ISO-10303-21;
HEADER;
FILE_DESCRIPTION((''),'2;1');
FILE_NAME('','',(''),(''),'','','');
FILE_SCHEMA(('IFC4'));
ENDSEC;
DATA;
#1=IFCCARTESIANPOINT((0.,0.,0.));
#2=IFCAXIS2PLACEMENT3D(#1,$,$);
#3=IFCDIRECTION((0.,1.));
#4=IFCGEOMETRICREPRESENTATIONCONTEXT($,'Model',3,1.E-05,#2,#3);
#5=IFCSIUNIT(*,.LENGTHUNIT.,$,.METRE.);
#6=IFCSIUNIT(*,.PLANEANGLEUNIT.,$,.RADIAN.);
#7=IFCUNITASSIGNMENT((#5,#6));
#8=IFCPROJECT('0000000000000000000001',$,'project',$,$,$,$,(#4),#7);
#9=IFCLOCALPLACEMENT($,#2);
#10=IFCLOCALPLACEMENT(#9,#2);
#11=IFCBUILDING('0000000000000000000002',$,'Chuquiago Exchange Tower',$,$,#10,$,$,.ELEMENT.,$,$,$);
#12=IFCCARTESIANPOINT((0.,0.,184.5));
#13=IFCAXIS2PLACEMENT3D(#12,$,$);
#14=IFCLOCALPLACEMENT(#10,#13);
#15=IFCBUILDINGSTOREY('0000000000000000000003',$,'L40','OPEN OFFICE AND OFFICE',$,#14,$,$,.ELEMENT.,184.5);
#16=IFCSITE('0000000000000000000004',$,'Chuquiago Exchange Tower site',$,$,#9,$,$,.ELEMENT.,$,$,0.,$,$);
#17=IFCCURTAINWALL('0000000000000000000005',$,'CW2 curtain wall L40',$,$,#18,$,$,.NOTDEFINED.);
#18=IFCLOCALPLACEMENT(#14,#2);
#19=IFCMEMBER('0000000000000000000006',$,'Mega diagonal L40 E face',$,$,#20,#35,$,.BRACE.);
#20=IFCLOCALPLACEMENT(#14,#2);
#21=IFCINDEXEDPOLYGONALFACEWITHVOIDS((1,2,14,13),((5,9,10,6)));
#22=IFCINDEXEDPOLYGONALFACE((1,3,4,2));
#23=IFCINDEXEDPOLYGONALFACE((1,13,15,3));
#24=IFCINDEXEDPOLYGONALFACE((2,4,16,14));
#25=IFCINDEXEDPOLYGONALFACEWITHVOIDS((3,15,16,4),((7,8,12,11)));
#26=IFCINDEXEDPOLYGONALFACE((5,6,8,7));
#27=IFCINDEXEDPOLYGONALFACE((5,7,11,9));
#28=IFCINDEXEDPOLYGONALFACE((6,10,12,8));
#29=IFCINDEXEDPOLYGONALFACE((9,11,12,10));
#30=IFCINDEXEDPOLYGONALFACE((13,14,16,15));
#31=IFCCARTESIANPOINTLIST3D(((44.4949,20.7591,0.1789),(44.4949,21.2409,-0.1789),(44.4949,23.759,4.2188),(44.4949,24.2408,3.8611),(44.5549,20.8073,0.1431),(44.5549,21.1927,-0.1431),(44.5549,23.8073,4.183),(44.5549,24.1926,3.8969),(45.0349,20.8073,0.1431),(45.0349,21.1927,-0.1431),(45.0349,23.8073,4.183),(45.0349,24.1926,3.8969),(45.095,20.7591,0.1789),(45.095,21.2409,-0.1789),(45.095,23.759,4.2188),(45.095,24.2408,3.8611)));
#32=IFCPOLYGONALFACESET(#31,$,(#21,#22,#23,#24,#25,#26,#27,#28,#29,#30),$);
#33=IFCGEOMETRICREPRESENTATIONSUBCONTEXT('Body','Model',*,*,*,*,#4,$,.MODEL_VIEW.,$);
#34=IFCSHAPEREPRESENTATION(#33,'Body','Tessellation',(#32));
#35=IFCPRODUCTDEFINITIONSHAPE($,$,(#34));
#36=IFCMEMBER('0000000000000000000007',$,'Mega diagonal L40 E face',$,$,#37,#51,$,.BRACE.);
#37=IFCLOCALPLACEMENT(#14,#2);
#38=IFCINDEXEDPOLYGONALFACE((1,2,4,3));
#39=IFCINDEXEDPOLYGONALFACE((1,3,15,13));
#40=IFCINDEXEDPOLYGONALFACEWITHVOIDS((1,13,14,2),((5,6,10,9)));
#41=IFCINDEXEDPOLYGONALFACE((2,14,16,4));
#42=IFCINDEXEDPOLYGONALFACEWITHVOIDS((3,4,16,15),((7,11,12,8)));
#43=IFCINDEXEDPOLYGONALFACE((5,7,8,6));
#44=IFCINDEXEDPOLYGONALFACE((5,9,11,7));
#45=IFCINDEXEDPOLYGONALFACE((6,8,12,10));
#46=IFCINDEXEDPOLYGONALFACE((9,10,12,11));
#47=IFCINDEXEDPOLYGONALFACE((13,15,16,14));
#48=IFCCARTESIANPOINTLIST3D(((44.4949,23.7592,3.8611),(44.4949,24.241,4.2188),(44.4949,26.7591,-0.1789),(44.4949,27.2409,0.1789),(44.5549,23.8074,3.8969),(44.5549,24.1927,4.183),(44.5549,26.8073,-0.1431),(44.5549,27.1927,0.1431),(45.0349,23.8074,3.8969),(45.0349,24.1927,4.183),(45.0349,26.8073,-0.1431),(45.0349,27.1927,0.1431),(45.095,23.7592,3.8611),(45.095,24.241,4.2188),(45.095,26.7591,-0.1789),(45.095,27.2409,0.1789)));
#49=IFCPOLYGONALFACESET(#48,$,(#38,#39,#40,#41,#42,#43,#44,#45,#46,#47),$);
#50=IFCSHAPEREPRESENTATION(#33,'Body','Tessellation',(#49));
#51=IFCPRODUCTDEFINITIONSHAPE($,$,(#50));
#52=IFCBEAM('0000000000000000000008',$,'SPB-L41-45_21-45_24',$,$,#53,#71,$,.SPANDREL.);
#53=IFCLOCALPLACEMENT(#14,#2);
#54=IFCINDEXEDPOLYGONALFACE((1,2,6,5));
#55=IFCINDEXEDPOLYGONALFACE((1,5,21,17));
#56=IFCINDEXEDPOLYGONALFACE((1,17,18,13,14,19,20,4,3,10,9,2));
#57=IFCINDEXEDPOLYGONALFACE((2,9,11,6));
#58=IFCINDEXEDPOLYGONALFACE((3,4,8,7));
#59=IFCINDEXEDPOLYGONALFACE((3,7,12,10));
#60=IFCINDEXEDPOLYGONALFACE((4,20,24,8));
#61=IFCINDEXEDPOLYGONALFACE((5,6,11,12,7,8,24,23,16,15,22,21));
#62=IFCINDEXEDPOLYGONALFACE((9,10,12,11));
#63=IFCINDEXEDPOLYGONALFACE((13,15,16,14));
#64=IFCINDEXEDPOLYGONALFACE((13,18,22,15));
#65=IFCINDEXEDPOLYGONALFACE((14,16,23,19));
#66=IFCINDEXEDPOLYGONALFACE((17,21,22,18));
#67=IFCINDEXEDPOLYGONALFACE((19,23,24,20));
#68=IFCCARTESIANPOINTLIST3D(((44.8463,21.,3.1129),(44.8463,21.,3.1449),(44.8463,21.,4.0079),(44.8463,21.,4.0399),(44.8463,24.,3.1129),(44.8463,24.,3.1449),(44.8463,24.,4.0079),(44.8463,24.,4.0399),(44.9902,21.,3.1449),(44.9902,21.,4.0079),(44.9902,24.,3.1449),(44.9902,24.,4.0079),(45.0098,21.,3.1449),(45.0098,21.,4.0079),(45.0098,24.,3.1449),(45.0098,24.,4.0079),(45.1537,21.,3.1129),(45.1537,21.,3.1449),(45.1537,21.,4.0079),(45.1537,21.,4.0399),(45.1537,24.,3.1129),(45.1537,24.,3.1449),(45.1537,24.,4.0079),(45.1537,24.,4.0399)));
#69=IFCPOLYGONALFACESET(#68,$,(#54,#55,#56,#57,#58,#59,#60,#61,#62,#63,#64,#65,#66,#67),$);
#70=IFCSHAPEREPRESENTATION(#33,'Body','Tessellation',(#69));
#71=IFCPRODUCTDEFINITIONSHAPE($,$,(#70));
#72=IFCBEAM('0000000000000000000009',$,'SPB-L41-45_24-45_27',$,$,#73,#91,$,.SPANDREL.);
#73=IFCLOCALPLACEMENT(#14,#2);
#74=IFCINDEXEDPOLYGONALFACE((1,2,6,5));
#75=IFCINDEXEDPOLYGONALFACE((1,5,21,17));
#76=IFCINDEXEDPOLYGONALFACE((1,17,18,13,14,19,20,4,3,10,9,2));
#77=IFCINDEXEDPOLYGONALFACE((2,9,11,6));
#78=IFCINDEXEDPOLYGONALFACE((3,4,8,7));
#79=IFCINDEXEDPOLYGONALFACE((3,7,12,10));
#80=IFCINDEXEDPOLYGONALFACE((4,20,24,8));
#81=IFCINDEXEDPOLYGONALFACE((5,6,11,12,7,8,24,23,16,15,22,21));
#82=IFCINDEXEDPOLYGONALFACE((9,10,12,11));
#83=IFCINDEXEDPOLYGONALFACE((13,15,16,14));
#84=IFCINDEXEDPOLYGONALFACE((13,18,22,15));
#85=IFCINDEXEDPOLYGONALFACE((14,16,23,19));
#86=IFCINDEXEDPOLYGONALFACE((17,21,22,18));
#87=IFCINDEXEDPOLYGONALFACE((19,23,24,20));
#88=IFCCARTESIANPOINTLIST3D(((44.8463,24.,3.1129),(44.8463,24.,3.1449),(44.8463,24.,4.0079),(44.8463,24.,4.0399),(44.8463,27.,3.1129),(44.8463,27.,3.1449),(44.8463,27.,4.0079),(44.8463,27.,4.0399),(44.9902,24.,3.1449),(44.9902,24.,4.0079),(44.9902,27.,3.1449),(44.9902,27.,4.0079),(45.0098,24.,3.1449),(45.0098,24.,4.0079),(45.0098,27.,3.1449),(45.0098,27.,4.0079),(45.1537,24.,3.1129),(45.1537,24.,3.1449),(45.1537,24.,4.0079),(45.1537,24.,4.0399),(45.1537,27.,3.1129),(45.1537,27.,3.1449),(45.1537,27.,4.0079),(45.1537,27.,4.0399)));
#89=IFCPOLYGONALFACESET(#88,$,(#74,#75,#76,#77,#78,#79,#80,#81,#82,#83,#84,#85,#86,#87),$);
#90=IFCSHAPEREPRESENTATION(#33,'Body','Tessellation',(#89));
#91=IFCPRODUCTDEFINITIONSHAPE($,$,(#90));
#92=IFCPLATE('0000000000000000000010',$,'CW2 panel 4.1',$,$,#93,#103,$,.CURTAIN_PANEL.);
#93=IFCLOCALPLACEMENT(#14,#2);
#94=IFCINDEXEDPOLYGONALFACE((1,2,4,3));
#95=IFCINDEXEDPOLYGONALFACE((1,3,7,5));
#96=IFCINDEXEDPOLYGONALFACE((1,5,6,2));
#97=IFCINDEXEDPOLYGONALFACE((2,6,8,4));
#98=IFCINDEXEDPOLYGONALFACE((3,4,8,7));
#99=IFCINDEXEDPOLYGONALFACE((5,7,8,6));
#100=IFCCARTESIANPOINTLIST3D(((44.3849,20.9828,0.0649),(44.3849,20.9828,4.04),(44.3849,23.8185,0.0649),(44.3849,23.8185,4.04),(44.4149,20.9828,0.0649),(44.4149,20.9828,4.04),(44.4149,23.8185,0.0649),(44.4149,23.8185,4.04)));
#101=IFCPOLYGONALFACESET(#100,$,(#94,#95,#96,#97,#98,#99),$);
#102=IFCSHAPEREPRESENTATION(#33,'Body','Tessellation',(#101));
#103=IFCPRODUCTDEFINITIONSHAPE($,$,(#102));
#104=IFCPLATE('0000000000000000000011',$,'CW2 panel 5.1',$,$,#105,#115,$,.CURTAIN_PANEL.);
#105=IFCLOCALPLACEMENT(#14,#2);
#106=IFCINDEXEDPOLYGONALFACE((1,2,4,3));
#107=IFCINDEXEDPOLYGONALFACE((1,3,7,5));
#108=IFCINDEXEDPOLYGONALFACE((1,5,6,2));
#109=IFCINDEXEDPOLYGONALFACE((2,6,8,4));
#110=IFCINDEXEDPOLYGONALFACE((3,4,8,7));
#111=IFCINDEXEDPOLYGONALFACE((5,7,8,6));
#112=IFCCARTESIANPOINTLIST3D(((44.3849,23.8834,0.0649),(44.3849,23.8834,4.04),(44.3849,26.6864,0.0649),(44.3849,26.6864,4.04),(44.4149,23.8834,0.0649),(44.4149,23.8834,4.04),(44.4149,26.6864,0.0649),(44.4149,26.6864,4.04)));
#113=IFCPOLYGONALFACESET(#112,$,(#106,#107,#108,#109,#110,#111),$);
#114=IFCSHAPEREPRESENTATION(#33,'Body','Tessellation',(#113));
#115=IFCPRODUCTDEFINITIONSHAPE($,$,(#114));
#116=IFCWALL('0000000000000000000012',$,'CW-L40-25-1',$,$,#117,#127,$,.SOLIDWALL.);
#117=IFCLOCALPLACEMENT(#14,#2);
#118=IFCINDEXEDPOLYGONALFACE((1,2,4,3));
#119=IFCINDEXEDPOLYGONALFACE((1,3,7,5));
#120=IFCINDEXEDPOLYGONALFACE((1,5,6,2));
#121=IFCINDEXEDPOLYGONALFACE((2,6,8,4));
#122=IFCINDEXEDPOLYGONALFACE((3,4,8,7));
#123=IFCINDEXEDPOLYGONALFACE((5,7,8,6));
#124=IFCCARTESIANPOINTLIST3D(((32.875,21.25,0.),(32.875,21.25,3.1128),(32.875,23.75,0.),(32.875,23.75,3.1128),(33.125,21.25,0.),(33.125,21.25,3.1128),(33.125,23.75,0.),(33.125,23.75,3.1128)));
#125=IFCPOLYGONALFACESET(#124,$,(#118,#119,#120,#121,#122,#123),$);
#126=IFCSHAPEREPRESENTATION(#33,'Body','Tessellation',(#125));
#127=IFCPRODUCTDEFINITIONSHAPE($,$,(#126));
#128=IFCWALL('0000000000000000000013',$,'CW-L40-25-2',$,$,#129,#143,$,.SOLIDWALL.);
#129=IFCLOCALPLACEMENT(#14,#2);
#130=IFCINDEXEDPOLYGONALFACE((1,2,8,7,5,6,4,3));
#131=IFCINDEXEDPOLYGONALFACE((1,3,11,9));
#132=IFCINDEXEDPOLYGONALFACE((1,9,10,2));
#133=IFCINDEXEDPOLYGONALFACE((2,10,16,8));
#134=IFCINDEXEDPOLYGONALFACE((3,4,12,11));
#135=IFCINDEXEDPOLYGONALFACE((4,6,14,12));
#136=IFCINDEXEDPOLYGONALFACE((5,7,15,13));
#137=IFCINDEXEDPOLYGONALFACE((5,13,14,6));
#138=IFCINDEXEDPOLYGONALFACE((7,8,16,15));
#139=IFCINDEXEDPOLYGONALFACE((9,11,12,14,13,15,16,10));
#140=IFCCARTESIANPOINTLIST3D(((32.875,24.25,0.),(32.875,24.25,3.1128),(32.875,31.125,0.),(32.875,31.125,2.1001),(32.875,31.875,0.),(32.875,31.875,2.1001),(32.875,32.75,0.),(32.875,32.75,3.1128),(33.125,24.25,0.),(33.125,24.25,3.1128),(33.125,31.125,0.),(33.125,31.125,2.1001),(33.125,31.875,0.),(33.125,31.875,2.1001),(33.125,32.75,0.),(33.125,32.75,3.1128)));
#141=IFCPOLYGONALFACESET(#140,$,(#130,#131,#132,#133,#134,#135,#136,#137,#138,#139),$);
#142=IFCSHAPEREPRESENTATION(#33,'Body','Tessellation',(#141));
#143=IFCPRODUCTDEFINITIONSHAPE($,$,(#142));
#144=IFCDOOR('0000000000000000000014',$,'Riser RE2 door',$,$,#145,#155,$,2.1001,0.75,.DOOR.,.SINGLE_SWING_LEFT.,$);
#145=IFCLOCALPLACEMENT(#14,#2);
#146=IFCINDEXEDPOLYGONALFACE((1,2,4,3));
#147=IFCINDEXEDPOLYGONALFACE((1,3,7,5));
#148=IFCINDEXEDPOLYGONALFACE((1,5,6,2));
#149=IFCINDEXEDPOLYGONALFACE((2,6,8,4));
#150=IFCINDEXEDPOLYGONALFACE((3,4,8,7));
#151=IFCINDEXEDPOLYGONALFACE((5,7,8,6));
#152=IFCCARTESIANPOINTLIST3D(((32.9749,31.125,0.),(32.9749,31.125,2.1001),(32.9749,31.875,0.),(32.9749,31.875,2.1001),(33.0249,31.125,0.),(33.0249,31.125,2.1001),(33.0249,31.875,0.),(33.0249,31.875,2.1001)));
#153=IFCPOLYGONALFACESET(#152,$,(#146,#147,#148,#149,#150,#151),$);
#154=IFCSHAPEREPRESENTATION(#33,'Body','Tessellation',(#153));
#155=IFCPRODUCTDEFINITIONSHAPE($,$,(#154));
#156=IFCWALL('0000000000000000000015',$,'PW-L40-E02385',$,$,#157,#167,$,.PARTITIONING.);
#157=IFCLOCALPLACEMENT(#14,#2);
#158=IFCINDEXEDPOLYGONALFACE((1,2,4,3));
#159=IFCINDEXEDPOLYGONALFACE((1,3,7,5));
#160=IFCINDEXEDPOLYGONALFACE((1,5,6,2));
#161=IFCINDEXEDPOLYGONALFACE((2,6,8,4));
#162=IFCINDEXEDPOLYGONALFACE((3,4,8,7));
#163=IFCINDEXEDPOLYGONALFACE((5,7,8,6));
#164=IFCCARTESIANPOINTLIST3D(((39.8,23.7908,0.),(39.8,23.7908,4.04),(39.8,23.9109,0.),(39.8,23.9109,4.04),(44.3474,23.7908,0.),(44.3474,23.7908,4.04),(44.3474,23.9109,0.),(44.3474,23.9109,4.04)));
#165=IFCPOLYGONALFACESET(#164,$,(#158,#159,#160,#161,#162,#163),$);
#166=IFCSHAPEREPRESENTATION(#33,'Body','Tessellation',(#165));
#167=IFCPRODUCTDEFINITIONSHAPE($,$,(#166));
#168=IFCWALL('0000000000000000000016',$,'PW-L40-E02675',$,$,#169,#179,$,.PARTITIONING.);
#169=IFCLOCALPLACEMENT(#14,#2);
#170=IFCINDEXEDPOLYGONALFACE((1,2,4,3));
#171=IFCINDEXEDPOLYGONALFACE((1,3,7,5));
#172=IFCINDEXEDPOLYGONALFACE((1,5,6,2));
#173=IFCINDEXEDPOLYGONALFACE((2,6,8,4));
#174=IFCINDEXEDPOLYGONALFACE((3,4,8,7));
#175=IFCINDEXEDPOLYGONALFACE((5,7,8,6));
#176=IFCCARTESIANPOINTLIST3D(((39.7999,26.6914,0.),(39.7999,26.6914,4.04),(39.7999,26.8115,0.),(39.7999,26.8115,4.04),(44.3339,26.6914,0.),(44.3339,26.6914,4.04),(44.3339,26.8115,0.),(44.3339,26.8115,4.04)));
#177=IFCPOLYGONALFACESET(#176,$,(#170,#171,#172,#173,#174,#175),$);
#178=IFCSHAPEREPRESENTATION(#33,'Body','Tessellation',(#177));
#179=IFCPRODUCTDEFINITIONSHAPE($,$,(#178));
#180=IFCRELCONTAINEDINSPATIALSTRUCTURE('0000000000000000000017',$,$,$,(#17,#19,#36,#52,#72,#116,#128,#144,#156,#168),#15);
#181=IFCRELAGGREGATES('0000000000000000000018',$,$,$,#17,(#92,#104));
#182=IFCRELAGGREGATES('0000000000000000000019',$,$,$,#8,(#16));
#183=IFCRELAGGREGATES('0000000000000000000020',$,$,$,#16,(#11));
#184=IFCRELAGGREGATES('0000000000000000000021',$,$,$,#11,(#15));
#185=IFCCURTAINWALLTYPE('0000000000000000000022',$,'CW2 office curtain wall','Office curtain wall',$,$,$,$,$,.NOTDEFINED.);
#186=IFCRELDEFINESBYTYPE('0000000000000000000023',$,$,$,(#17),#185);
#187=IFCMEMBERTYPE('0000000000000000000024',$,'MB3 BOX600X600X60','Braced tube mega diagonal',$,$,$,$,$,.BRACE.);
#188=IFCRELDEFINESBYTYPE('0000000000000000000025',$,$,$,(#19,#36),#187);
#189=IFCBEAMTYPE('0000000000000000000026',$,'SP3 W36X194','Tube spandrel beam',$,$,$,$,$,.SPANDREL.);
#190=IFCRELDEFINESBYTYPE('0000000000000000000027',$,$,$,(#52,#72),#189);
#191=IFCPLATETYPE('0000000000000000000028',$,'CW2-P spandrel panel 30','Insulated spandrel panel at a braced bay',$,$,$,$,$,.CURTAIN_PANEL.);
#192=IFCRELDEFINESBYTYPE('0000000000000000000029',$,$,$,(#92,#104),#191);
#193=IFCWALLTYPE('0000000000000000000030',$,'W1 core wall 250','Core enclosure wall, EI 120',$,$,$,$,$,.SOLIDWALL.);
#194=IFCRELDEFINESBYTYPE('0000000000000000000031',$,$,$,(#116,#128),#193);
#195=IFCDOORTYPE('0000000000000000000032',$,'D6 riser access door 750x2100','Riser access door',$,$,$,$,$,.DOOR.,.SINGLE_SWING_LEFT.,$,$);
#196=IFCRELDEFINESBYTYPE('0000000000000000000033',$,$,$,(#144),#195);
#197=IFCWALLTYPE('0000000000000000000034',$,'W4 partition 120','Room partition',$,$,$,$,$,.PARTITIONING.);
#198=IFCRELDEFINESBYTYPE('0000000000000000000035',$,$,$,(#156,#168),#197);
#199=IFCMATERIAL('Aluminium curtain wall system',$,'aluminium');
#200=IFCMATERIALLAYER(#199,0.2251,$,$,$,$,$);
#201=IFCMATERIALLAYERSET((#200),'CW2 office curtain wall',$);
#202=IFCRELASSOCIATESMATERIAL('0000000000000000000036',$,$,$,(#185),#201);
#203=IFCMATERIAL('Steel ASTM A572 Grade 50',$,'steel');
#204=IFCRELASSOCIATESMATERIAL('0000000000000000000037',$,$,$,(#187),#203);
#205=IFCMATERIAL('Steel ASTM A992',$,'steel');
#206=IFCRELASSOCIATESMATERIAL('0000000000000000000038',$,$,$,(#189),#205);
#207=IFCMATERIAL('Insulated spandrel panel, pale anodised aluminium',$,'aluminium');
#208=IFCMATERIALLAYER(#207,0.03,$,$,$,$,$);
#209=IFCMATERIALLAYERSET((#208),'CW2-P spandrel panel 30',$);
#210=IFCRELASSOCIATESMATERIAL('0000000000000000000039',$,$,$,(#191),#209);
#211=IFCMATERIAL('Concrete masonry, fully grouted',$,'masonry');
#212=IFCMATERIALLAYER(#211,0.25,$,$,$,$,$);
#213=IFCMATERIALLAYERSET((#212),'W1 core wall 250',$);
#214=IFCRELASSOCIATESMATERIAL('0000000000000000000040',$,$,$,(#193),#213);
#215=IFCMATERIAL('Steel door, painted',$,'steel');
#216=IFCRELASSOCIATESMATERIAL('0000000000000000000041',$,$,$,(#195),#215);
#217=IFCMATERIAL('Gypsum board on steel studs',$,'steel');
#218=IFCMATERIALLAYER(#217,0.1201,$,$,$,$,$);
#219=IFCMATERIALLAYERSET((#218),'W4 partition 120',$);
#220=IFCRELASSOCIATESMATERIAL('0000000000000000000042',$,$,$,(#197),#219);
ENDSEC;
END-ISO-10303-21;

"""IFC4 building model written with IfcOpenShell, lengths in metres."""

from ifc_helpers import new_model, si_unit, direction, frame, frame_2d, origin, origin_2d, place, context, subcontext, project, spatial, rectangle, hollow_rectangle, i_section, extrude, material, layer, layer_set, material_profile, profile_set, type_object, element, fill, aggregate, save


model = new_model("IFC4")

# Units and contexts
model_context = context("Model", 3, precision=1e-05, world=origin(), true_north=direction((0.0, 1.0)))
body_context = subcontext(model_context, "Body", "Model", "MODEL_VIEW")
ifc_project = project(units=[si_unit("LENGTHUNIT", "METRE"), si_unit("PLANEANGLEUNIT", "RADIAN")], contexts=[model_context])

# Site, building, storey
site_placement = place(None, origin())
site = spatial("IfcSite", under=ifc_project, at=site_placement, Name="Chuquiago Exchange Tower site", CompositionType="ELEMENT", RefElevation=0.0)
building_placement = place(site_placement, origin())
building = spatial("IfcBuilding", under=site, at=building_placement, Name="Chuquiago Exchange Tower", CompositionType="ELEMENT")
storey_placement = place(building_placement, frame((0.0, 0.0, 184.5)))
storey = spatial("IfcBuildingStorey", under=building, at=storey_placement, Name="L40", Description="OPEN OFFICE AND OFFICE", CompositionType="ELEMENT", Elevation=184.5)

# Curtain wall
ifc_material_1 = material(Name="Aluminium curtain wall system", Category="aluminium")
ifc_layer_1 = layer(ifc_material_1, 0.2251)
ifc_layer_set_1 = layer_set([ifc_layer_1], Name="CW2 office curtain wall")
curtain_wall_type_1 = type_object("IfcCurtainWallType", Name="CW2 office curtain wall", Description="Office curtain wall", PredefinedType="NOTDEFINED", material=ifc_layer_set_1)
curtain_wall_1_placement = place(storey_placement, origin())
curtain_wall_1 = element("IfcCurtainWall", 1, at=curtain_wall_1_placement, inside=storey, type_object=curtain_wall_type_1, Name="CW2 curtain wall L40", PredefinedType="NOTDEFINED")

# Members
ifc_material_2 = material(Name="Steel ASTM A572 Grade 50", Category="steel")
ifc_material_profile_1 = material_profile(ifc_material_2, hollow_rectangle(XDim=0.6001, YDim=0.6001, WallThickness=0.0601, at=origin_2d()), Name="BOX600X600X60")
ifc_profile_set_1 = profile_set([ifc_material_profile_1], Name="Steel ASTM A572 Grade 50")
member_type_1 = type_object("IfcMemberType", Name="MB3 BOX600X600X60", Description="Braced tube mega diagonal", PredefinedType="BRACE", material=ifc_profile_set_1)
for number, where, z_axis, x_axis, name in (
    (2, (44.7949, 21.0, 0.0), (0.0, 0.596174, 0.802855), (-1.0, 0.0, 0.0), "Mega diagonal L40 E face"),
    (3, (44.7949, 27.0, 0.0), (0.0, -0.596174, 0.802855), (1.0, 0.0, 0.0), "Mega diagonal L40 E face"),
):
    element("IfcMember", number, at=place(storey_placement, frame(where, z_axis=z_axis, x_axis=x_axis)), inside=storey, type_object=member_type_1, Name=name, PredefinedType="BRACE", context=body_context, shape_type="SweptSolid", body=[
        extrude(hollow_rectangle(XDim=0.6001, YDim=0.6001, WallThickness=0.0601, at=origin_2d()), origin(), (0.0, 0.0, 1.0), 5.032),
    ])

# Beams
ifc_material_3 = material(Name="Steel ASTM A992", Category="steel")
ifc_material_profile_2 = material_profile(ifc_material_3, i_section(OverallWidth=0.3074, OverallDepth=0.927, WebThickness=0.0195, FlangeThickness=0.032, at=origin_2d()), Name="W36X194")
ifc_profile_set_2 = profile_set([ifc_material_profile_2], Name="Steel ASTM A992")
beam_type_1 = type_object("IfcBeamType", Name="SP3 W36X194", Description="Tube spandrel beam", PredefinedType="SPANDREL", material=ifc_profile_set_2)
for number, where, z_axis, x_axis, name in (
    (4, (45.0, 21.0, 3.5764), (0.0, 1.0, 0.0), (-1.0, 0.0, 0.0), "SPB-L41-45_21-45_24"),
    (5, (45.0, 24.0, 3.5764), (0.0, 1.0, 0.0), (-1.0, 0.0, 0.0), "SPB-L41-45_24-45_27"),
):
    element("IfcBeam", number, at=place(storey_placement, frame(where, z_axis=z_axis, x_axis=x_axis)), inside=storey, type_object=beam_type_1, Name=name, PredefinedType="SPANDREL", context=body_context, shape_type="SweptSolid", body=[
        extrude(i_section(OverallWidth=0.3074, OverallDepth=0.927, WebThickness=0.0195, FlangeThickness=0.032, at=origin_2d()), origin(), (0.0, 0.0, 1.0), 3.0),
    ])

# Plates
ifc_material_4 = material(Name="Insulated spandrel panel, pale anodised aluminium", Category="aluminium")
ifc_layer_2 = layer(ifc_material_4, 0.03)
ifc_layer_set_2 = layer_set([ifc_layer_2], Name="CW2-P spandrel panel 30")
plate_type = type_object("IfcPlateType", Name="CW2-P spandrel panel 30", Description="Insulated spandrel panel at a braced bay", PredefinedType="CURTAIN_PANEL", material=ifc_layer_set_2)
plate_1_placement = place(storey_placement, frame((44.3999, 22.4006, 0.0649), z_axis=(0.0, 0.0, 1.0), x_axis=(0.0, 1.0, 0.0)))
plate_1 = element("IfcPlate", 6, at=plate_1_placement, type_object=plate_type, Name="CW2 panel 4.1", PredefinedType="CURTAIN_PANEL", context=body_context, shape_type="SweptSolid", body=[
    extrude(rectangle(XDim=2.8357, YDim=0.03, at=origin_2d()), origin(), (0.0, 0.0, 1.0), 3.9751),
])
plate_2_placement = place(storey_placement, frame((44.3999, 25.2849, 0.0649), z_axis=(0.0, 0.0, 1.0), x_axis=(0.0, 1.0, 0.0)))
plate_2 = element("IfcPlate", 7, at=plate_2_placement, type_object=plate_type, Name="CW2 panel 5.1", PredefinedType="CURTAIN_PANEL", context=body_context, shape_type="SweptSolid", body=[
    extrude(rectangle(XDim=2.803, YDim=0.03, at=origin_2d()), origin(), (0.0, 0.0, 1.0), 3.9751),
])
aggregate(curtain_wall_1, [plate_1, plate_2])

# Wall
ifc_material_5 = material(Name="Concrete masonry, fully grouted", Category="masonry")
ifc_layer_3 = layer(ifc_material_5, 0.25)
ifc_layer_set_3 = layer_set([ifc_layer_3], Name="W1 core wall 250")
wall_type_1 = type_object("IfcWallType", Name="W1 core wall 250", Description="Core enclosure wall, EI 120", PredefinedType="SOLIDWALL", material=ifc_layer_set_3)
wall_1_placement = place(storey_placement, frame((33.0, 21.25, 0.0), z_axis=(0.0, 0.0, 1.0), x_axis=(0.0, 1.0, 0.0)))
element("IfcWall", 8, at=wall_1_placement, inside=storey, type_object=wall_type_1, Name="CW-L40-25-1", PredefinedType="SOLIDWALL", context=body_context, shape_type="SweptSolid", body=[
    extrude(rectangle(XDim=2.5, YDim=0.25, at=frame_2d((1.25, 0.0))), origin(), (0.0, 0.0, 1.0), 3.1128),
])

# Wall, opening, door
wall_2_placement = place(storey_placement, frame((33.0, 24.25, 0.0), z_axis=(0.0, 0.0, 1.0), x_axis=(0.0, 1.0, 0.0)))
wall_2 = element("IfcWall", 9, at=wall_2_placement, inside=storey, type_object=wall_type_1, Name="CW-L40-25-2", PredefinedType="SOLIDWALL", context=body_context, shape_type="SweptSolid", body=[
    extrude(rectangle(XDim=8.5, YDim=0.25, at=frame_2d((4.25, 0.0))), origin(), (0.0, 0.0, 1.0), 3.1128),
])
opening_1_placement = place(wall_2_placement, frame((6.875, 0.0, 0.0)))
opening_1 = element("IfcOpeningElement", 10, at=opening_1_placement, cuts=wall_2, PredefinedType="OPENING", context=body_context, shape_type="SweptSolid", body=[
    extrude(rectangle(XDim=0.75, YDim=2.1001, at=frame_2d((0.375, 1.05))), frame((0.0, 0.135, 0.0), z_axis=(0.0, -1.0, 0.0), x_axis=(1.0, 0.0, 0.0)), (0.0, 0.0, 1.0), 0.27),
])
ifc_material_6 = material(Name="Steel door, painted", Category="steel")
door_type_1 = type_object("IfcDoorType", Name="D6 riser access door 750x2100", Description="Riser access door", OperationType="SINGLE_SWING_LEFT", PredefinedType="DOOR", material=ifc_material_6)
door_1_placement = place(opening_1_placement, frame((0.75, 0.0, 0.0), z_axis=(0.0, 0.0, 1.0), x_axis=(-1.0, 0.0, 0.0)))
door_1 = element("IfcDoor", 11, at=door_1_placement, inside=storey, type_object=door_type_1, Name="Riser RE2 door", OperationType="SINGLE_SWING_LEFT", OverallHeight=2.1001, OverallWidth=0.75, PredefinedType="DOOR", context=body_context, shape_type="SweptSolid", body=[
    extrude(rectangle(XDim=0.75, YDim=2.1001, at=frame_2d((0.375, 1.05))), frame((0.0, 0.0249, 0.0), z_axis=(0.0, -1.0, 0.0), x_axis=(1.0, 0.0, 0.0)), (0.0, 0.0, 1.0), 0.05),
])
fill(opening_1, door_1)

# Walls
ifc_material_7 = material(Name="Gypsum board on steel studs", Category="steel")
ifc_layer_4 = layer(ifc_material_7, 0.1201)
ifc_layer_set_4 = layer_set([ifc_layer_4], Name="W4 partition 120")
wall_type_2 = type_object("IfcWallType", Name="W4 partition 120", Description="Room partition", PredefinedType="PARTITIONING", material=ifc_layer_set_4)
wall_3_placement = place(storey_placement, frame((44.3474, 23.8508, 0.0), z_axis=(0.0, 0.0, 1.0), x_axis=(-1.0, 0.0, 0.0)))
element("IfcWall", 12, at=wall_3_placement, inside=storey, type_object=wall_type_2, Name="PW-L40-E02385", PredefinedType="PARTITIONING", context=body_context, shape_type="SweptSolid", body=[
    extrude(rectangle(XDim=4.5474, YDim=0.1201, at=frame_2d((2.2737, 0.0))), origin(), (0.0, 0.0, 1.0), 4.04),
])
wall_4_placement = place(storey_placement, frame((44.334, 26.7515, 0.0), z_axis=(0.0, 0.0, 1.0), x_axis=(-1.0, 0.0, 0.0)))
element("IfcWall", 13, at=wall_4_placement, inside=storey, type_object=wall_type_2, Name="PW-L40-E02675", PredefinedType="PARTITIONING", context=body_context, shape_type="SweptSolid", body=[
    extrude(rectangle(XDim=4.5339, YDim=0.1201, at=frame_2d((2.2671, 0.0))), origin(), (0.0, 0.0, 1.0), 4.04),
])

save(model, "model.ifc")
